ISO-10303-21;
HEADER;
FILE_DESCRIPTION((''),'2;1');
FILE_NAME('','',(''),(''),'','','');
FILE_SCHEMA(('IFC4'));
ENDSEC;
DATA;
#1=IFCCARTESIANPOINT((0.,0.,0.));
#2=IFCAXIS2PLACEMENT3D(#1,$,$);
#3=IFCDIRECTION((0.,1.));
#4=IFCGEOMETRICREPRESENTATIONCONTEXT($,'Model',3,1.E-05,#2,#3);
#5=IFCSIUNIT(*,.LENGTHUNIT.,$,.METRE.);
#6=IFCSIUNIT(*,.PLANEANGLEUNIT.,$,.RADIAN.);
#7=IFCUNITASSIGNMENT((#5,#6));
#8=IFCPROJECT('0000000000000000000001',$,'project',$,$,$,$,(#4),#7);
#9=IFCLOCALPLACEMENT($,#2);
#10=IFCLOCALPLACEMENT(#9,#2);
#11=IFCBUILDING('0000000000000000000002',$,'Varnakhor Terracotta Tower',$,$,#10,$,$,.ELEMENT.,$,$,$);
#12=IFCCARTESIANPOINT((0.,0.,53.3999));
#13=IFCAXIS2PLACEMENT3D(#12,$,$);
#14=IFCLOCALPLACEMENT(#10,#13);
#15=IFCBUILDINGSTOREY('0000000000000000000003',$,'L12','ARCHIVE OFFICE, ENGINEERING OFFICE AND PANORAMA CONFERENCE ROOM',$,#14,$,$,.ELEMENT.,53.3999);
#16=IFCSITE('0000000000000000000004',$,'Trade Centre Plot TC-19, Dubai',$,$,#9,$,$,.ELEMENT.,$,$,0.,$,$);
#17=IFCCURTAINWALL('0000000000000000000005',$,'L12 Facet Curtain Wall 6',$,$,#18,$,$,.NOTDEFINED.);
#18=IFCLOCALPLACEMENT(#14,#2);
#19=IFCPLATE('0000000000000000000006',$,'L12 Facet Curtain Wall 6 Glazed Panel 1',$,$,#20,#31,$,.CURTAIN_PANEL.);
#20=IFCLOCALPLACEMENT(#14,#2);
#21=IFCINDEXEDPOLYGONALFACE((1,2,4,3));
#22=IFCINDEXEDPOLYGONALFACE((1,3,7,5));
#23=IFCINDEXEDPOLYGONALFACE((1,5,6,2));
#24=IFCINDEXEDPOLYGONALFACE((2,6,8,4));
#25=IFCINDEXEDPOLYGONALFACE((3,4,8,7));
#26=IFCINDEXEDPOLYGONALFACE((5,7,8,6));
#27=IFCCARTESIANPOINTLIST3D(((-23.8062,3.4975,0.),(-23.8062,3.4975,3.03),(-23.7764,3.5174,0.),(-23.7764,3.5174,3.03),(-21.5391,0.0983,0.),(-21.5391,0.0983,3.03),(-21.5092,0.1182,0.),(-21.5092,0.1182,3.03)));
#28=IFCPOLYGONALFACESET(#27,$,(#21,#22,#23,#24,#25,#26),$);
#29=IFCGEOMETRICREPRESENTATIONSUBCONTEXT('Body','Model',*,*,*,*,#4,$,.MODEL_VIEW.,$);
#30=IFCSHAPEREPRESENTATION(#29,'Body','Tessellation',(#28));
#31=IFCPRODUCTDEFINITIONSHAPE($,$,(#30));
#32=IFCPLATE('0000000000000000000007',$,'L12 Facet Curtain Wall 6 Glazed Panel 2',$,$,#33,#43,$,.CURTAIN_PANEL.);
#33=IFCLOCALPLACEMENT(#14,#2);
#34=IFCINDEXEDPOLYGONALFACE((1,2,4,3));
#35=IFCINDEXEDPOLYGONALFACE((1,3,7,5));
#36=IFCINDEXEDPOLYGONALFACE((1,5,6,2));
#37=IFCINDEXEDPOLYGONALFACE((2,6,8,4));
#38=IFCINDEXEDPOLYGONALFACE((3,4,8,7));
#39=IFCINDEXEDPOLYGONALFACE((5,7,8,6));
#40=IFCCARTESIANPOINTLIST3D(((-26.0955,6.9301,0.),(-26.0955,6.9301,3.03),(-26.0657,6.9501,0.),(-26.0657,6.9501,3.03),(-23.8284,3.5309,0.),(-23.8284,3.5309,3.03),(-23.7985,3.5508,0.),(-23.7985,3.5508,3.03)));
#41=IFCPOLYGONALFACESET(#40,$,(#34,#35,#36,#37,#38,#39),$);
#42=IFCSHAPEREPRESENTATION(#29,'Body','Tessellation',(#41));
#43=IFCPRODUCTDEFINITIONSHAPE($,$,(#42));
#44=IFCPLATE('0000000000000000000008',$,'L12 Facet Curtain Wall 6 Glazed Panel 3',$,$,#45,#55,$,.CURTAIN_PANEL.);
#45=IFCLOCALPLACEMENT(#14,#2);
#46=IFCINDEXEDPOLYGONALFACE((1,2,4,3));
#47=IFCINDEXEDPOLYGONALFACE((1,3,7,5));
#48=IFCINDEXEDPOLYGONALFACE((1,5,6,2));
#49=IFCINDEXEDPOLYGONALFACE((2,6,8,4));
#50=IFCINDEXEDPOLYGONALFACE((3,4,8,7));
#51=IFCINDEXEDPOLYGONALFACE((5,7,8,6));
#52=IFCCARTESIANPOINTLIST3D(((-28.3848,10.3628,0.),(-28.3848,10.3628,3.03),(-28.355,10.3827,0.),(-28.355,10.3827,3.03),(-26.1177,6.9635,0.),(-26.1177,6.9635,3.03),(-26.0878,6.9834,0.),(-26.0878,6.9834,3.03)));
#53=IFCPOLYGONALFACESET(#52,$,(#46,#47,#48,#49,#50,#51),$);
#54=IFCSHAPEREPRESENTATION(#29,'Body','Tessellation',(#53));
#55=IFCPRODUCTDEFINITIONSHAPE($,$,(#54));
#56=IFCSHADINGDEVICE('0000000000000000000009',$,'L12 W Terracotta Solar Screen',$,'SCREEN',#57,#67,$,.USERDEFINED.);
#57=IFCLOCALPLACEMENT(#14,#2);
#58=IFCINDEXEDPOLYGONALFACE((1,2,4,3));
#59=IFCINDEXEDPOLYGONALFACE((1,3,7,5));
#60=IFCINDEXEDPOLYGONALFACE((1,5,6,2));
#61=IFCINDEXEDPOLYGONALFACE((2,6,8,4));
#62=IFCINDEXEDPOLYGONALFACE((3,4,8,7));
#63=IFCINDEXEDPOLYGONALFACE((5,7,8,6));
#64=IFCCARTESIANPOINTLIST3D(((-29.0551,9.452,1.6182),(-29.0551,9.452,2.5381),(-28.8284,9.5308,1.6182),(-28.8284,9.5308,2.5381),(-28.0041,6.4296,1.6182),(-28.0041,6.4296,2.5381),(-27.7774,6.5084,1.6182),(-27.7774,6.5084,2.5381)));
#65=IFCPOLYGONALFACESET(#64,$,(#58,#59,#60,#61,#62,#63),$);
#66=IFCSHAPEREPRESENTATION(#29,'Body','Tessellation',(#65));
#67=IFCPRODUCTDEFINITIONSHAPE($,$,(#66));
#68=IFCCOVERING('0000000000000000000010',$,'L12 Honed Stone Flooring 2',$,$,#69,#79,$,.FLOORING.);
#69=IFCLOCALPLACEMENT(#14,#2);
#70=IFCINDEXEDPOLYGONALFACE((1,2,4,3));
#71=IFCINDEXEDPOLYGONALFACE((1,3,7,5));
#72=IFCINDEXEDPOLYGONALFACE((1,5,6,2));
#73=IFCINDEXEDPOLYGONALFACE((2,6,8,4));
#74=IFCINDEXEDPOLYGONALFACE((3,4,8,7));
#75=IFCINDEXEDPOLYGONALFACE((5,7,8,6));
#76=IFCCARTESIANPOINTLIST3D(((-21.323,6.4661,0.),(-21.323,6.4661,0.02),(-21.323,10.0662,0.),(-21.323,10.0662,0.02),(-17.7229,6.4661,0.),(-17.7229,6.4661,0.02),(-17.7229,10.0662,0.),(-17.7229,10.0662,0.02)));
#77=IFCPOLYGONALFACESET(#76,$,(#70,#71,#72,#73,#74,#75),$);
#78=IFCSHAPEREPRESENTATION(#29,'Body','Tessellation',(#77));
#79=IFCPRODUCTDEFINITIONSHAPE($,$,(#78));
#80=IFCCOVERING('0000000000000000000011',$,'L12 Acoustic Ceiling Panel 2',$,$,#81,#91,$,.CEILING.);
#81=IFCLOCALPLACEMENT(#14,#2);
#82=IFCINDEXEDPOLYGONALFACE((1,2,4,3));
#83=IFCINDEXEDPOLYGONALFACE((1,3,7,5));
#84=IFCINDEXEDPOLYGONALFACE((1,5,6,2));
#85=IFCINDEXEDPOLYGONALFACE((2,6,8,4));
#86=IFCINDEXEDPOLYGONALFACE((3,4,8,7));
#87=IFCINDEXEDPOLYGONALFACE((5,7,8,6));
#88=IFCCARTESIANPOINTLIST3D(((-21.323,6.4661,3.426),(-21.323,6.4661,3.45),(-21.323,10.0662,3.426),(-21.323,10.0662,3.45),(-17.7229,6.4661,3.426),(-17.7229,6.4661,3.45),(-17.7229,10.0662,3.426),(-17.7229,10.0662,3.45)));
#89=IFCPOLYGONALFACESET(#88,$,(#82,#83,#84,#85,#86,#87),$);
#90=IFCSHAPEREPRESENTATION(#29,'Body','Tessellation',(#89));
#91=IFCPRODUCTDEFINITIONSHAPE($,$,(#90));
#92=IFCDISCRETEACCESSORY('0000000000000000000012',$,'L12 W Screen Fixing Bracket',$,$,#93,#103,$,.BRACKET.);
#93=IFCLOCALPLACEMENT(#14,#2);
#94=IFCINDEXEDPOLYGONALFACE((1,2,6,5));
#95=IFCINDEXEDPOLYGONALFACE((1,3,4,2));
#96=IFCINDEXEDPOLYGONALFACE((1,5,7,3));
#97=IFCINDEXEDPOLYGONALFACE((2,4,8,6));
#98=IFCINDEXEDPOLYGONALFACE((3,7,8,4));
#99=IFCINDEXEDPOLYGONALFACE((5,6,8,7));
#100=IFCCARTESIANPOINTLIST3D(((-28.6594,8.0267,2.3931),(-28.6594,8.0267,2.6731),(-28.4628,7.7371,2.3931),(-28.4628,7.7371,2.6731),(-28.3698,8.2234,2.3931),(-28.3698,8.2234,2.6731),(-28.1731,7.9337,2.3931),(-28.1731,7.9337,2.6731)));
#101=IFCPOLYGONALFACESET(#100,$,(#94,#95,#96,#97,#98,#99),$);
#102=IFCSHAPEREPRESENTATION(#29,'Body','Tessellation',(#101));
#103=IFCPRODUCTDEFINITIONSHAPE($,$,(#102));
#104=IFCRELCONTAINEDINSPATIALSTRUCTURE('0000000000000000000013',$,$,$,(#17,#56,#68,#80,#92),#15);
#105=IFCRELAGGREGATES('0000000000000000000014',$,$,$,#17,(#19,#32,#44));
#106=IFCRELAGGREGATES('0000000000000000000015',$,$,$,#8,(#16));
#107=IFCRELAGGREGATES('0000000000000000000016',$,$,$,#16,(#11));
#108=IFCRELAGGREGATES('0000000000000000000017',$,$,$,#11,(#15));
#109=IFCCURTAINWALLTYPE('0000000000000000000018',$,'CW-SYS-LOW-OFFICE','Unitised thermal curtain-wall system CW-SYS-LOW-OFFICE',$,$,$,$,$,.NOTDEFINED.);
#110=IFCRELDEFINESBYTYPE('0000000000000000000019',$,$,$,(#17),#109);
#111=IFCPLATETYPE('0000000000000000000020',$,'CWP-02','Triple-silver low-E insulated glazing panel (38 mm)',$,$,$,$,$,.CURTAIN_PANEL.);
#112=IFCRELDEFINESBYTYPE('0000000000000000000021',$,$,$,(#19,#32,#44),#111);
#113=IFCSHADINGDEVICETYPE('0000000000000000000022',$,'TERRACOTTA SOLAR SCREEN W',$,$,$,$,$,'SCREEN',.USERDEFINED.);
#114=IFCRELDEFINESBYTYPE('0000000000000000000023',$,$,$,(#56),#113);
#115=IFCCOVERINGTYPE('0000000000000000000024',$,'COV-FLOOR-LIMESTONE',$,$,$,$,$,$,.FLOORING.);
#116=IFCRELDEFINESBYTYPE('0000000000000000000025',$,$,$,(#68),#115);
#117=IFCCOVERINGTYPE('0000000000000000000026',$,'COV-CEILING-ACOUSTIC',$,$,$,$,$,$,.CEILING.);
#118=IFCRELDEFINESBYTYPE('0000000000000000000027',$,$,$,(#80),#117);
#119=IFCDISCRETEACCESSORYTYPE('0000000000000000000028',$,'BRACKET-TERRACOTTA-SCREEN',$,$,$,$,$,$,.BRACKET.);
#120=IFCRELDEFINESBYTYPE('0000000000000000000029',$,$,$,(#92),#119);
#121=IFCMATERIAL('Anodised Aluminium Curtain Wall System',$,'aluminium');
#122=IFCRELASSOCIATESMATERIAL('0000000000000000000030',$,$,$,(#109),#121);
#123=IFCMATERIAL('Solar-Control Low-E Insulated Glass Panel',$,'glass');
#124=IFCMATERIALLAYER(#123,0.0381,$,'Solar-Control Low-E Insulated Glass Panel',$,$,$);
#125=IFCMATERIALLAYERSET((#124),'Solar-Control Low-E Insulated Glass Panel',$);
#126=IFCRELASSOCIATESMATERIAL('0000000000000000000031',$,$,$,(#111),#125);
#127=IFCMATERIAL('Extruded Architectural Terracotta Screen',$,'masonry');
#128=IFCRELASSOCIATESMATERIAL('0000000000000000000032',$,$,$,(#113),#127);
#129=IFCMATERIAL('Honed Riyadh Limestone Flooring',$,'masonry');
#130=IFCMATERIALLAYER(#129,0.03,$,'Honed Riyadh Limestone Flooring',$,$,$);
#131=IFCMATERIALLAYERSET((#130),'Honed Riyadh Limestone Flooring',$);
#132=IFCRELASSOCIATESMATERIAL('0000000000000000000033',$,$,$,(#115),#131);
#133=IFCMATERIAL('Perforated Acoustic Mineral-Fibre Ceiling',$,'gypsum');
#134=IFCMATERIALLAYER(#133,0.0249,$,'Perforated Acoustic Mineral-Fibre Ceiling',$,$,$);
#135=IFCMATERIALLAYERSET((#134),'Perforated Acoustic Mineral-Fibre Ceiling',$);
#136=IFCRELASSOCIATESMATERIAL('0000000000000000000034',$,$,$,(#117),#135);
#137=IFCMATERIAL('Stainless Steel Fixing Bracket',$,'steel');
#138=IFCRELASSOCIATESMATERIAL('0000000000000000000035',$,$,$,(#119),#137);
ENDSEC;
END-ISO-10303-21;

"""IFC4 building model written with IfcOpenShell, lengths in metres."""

from ifc_helpers import new_model, si_unit, direction, frame, origin, origin_2d, place, context, subcontext, project, spatial, rectangle, extrude, source, transform, mapped, material, layer, layer_set, type_object, type_shapes, element, aggregate, save


model = new_model("IFC4")

# Units and contexts
model_context = context("Model", 3, precision=1e-05, world=origin(), true_north=direction((0.0, 1.0)))
body_context = subcontext(model_context, "Body", "Model", "MODEL_VIEW")
ifc_project = project(units=[si_unit("LENGTHUNIT", "METRE"), si_unit("PLANEANGLEUNIT", "RADIAN")], contexts=[model_context])

# Site, building, storey
site_placement = place(None, origin())
site = spatial("IfcSite", under=ifc_project, at=site_placement, Name="Trade Centre Plot TC-19, Dubai", CompositionType="ELEMENT", RefElevation=0.0)
building_placement = place(site_placement, origin())
building = spatial("IfcBuilding", under=site, at=building_placement, Name="Varnakhor Terracotta Tower", CompositionType="ELEMENT")
storey_placement = place(building_placement, frame((0.0, 0.0, 53.3999)))
storey = spatial("IfcBuildingStorey", under=building, at=storey_placement, Name="L12", Description="ARCHIVE OFFICE, ENGINEERING OFFICE AND PANORAMA CONFERENCE ROOM", CompositionType="ELEMENT", Elevation=53.3999)

# Shared definitions
ifc_material_1 = material(Name="Anodised Aluminium Curtain Wall System", Category="aluminium")
curtain_wall_type = type_object("IfcCurtainWallType", Name="CW-SYS-LOW-OFFICE", Description="Unitised thermal curtain-wall system CW-SYS-LOW-OFFICE", PredefinedType="NOTDEFINED", material=ifc_material_1)

# Curtain wall
curtain_wall_1_placement = place(storey_placement, origin())
curtain_wall_1 = element("IfcCurtainWall", 1, at=curtain_wall_1_placement, inside=storey, type_object=curtain_wall_type, Name="L12 Facet Curtain Wall 6", PredefinedType="NOTDEFINED")

# Plates
ifc_material_2 = material(Name="Solar-Control Low-E Insulated Glass Panel", Category="glass")
ifc_layer_1 = layer(ifc_material_2, 0.0381, Name="Solar-Control Low-E Insulated Glass Panel")
ifc_layer_set_1 = layer_set([ifc_layer_1], Name="Solar-Control Low-E Insulated Glass Panel")
plate_type = type_object("IfcPlateType", Name="CWP-02", Description="Triple-silver low-E insulated glazing panel (38 mm)", PredefinedType="CURTAIN_PANEL", material=ifc_layer_set_1)
shared_shape_1 = source(origin(), body_context, "Body", "SweptSolid", [
    extrude(rectangle(XDim=4.0859, YDim=0.0359, at=origin_2d()), origin(), (0.0, 0.0, 1.0), 3.03),
])
plate_1_placement = place(storey_placement, frame((-22.6577, 1.8079, 0.0), z_axis=(0.0, 0.0, 1.0), x_axis=(-0.554873, 0.831935, 0.0)))
plate_1 = element("IfcPlate", 2, at=plate_1_placement, type_object=plate_type, Name="L12 Facet Curtain Wall 6 Glazed Panel 1", PredefinedType="CURTAIN_PANEL", context=body_context, shape_type="MappedRepresentation", body=[
    mapped(shared_shape_1, transform((0.0, 0.0, 0.0), scale=1.0)),
])
plate_2_placement = place(storey_placement, frame((-24.947, 5.2405, 0.0), z_axis=(0.0, 0.0, 1.0), x_axis=(-0.554873, 0.831935, 0.0)))
plate_2 = element("IfcPlate", 3, at=plate_2_placement, type_object=plate_type, Name="L12 Facet Curtain Wall 6 Glazed Panel 2", PredefinedType="CURTAIN_PANEL", context=body_context, shape_type="MappedRepresentation", body=[
    mapped(shared_shape_1, transform((0.0, 0.0, 0.0), scale=1.0)),
])
plate_3_placement = place(storey_placement, frame((-27.2363, 8.6731, 0.0), z_axis=(0.0, 0.0, 1.0), x_axis=(-0.554873, 0.831935, 0.0)))
plate_3 = element("IfcPlate", 4, at=plate_3_placement, type_object=plate_type, Name="L12 Facet Curtain Wall 6 Glazed Panel 3", PredefinedType="CURTAIN_PANEL", context=body_context, shape_type="MappedRepresentation", body=[
    mapped(shared_shape_1, transform((0.0, 0.0, 0.0), scale=1.0)),
])
aggregate(curtain_wall_1, [plate_1, plate_2, plate_3])

# Shading device
ifc_material_3 = material(Name="Extruded Architectural Terracotta Screen", Category="masonry")
shading_device_type = type_object("IfcShadingDeviceType", Name="TERRACOTTA SOLAR SCREEN W", ElementType="SCREEN", PredefinedType="USERDEFINED", material=ifc_material_3)
shared_shape_2 = source(origin(), body_context, "Body", "SweptSolid", [
    extrude(rectangle(XDim=3.2, YDim=0.24, at=origin_2d()), origin(), (0.0, 0.0, 1.0), 0.9199),
])
type_shapes(shading_device_type, [shared_shape_2])
shading_device_placement = place(storey_placement, frame((-28.4163, 7.9802, 1.6182), z_axis=(0.0, 0.0, 1.0), x_axis=(0.328455, -0.94452, 0.0)))
element("IfcShadingDevice", 5, at=shading_device_placement, inside=storey, type_object=shading_device_type, Name="L12 W Terracotta Solar Screen", ObjectType="SCREEN", PredefinedType="USERDEFINED", context=body_context, shape_type="MappedRepresentation", body=[
    mapped(shared_shape_2, transform((0.0, 0.0, 0.0), scale=1.0)),
])

# Coverings
ifc_material_4 = material(Name="Honed Riyadh Limestone Flooring", Category="masonry")
ifc_layer_2 = layer(ifc_material_4, 0.03, Name="Honed Riyadh Limestone Flooring")
ifc_layer_set_2 = layer_set([ifc_layer_2], Name="Honed Riyadh Limestone Flooring")
covering_type_1 = type_object("IfcCoveringType", Name="COV-FLOOR-LIMESTONE", PredefinedType="FLOORING", material=ifc_layer_set_2)
shared_shape_3 = source(origin(), body_context, "Body", "SweptSolid", [
    extrude(rectangle(XDim=3.6001, YDim=3.6001, at=origin_2d()), origin(), (0.0, 0.0, 1.0), 0.02),
])
covering_1_placement = place(storey_placement, frame((-19.5229, 8.2661, 0.0), z_axis=(0.0, 0.0, 1.0), x_axis=(1.0, 0.0, 0.0)))
element("IfcCovering", 6, at=covering_1_placement, inside=storey, type_object=covering_type_1, Name="L12 Honed Stone Flooring 2", PredefinedType="FLOORING", context=body_context, shape_type="MappedRepresentation", body=[
    mapped(shared_shape_3, transform((0.0, 0.0, 0.0), scale=1.0)),
])
ifc_material_5 = material(Name="Perforated Acoustic Mineral-Fibre Ceiling", Category="gypsum")
ifc_layer_3 = layer(ifc_material_5, 0.0249, Name="Perforated Acoustic Mineral-Fibre Ceiling")
ifc_layer_set_3 = layer_set([ifc_layer_3], Name="Perforated Acoustic Mineral-Fibre Ceiling")
covering_type_2 = type_object("IfcCoveringType", Name="COV-CEILING-ACOUSTIC", PredefinedType="CEILING", material=ifc_layer_set_3)
shared_shape_4 = source(origin(), body_context, "Body", "SweptSolid", [
    extrude(rectangle(XDim=3.6001, YDim=3.6001, at=origin_2d()), origin(), (0.0, 0.0, 1.0), 0.0239),
])
covering_2_placement = place(storey_placement, frame((-19.5229, 8.2661, 3.426), z_axis=(0.0, 0.0, 1.0), x_axis=(1.0, 0.0, 0.0)))
element("IfcCovering", 7, at=covering_2_placement, inside=storey, type_object=covering_type_2, Name="L12 Acoustic Ceiling Panel 2", PredefinedType="CEILING", context=body_context, shape_type="MappedRepresentation", body=[
    mapped(shared_shape_4, transform((0.0, 0.0, 0.0), scale=1.0)),
])

# Discrete accessory
ifc_material_6 = material(Name="Stainless Steel Fixing Bracket", Category="steel")
discrete_accessory_type = type_object("IfcDiscreteAccessoryType", Name="BRACKET-TERRACOTTA-SCREEN", PredefinedType="BRACKET", material=ifc_material_6)
shared_shape_5 = source(origin(), body_context, "Body", "SweptSolid", [
    extrude(rectangle(XDim=0.3501, YDim=0.3501, at=origin_2d()), origin(), (0.0, 0.0, 1.0), 0.28),
])
type_shapes(discrete_accessory_type, [shared_shape_5])
discrete_accessory_placement = place(storey_placement, frame((-28.4163, 7.9802, 2.3931), z_axis=(0.0, 0.0, 1.0), x_axis=(0.561722, -0.827326, 0.0)))
element("IfcDiscreteAccessory", 8, at=discrete_accessory_placement, inside=storey, type_object=discrete_accessory_type, Name="L12 W Screen Fixing Bracket", PredefinedType="BRACKET", context=body_context, shape_type="MappedRepresentation", body=[
    mapped(shared_shape_5, transform((0.0, 0.0, 0.0), scale=1.0)),
])

save(model, "model.ifc")
